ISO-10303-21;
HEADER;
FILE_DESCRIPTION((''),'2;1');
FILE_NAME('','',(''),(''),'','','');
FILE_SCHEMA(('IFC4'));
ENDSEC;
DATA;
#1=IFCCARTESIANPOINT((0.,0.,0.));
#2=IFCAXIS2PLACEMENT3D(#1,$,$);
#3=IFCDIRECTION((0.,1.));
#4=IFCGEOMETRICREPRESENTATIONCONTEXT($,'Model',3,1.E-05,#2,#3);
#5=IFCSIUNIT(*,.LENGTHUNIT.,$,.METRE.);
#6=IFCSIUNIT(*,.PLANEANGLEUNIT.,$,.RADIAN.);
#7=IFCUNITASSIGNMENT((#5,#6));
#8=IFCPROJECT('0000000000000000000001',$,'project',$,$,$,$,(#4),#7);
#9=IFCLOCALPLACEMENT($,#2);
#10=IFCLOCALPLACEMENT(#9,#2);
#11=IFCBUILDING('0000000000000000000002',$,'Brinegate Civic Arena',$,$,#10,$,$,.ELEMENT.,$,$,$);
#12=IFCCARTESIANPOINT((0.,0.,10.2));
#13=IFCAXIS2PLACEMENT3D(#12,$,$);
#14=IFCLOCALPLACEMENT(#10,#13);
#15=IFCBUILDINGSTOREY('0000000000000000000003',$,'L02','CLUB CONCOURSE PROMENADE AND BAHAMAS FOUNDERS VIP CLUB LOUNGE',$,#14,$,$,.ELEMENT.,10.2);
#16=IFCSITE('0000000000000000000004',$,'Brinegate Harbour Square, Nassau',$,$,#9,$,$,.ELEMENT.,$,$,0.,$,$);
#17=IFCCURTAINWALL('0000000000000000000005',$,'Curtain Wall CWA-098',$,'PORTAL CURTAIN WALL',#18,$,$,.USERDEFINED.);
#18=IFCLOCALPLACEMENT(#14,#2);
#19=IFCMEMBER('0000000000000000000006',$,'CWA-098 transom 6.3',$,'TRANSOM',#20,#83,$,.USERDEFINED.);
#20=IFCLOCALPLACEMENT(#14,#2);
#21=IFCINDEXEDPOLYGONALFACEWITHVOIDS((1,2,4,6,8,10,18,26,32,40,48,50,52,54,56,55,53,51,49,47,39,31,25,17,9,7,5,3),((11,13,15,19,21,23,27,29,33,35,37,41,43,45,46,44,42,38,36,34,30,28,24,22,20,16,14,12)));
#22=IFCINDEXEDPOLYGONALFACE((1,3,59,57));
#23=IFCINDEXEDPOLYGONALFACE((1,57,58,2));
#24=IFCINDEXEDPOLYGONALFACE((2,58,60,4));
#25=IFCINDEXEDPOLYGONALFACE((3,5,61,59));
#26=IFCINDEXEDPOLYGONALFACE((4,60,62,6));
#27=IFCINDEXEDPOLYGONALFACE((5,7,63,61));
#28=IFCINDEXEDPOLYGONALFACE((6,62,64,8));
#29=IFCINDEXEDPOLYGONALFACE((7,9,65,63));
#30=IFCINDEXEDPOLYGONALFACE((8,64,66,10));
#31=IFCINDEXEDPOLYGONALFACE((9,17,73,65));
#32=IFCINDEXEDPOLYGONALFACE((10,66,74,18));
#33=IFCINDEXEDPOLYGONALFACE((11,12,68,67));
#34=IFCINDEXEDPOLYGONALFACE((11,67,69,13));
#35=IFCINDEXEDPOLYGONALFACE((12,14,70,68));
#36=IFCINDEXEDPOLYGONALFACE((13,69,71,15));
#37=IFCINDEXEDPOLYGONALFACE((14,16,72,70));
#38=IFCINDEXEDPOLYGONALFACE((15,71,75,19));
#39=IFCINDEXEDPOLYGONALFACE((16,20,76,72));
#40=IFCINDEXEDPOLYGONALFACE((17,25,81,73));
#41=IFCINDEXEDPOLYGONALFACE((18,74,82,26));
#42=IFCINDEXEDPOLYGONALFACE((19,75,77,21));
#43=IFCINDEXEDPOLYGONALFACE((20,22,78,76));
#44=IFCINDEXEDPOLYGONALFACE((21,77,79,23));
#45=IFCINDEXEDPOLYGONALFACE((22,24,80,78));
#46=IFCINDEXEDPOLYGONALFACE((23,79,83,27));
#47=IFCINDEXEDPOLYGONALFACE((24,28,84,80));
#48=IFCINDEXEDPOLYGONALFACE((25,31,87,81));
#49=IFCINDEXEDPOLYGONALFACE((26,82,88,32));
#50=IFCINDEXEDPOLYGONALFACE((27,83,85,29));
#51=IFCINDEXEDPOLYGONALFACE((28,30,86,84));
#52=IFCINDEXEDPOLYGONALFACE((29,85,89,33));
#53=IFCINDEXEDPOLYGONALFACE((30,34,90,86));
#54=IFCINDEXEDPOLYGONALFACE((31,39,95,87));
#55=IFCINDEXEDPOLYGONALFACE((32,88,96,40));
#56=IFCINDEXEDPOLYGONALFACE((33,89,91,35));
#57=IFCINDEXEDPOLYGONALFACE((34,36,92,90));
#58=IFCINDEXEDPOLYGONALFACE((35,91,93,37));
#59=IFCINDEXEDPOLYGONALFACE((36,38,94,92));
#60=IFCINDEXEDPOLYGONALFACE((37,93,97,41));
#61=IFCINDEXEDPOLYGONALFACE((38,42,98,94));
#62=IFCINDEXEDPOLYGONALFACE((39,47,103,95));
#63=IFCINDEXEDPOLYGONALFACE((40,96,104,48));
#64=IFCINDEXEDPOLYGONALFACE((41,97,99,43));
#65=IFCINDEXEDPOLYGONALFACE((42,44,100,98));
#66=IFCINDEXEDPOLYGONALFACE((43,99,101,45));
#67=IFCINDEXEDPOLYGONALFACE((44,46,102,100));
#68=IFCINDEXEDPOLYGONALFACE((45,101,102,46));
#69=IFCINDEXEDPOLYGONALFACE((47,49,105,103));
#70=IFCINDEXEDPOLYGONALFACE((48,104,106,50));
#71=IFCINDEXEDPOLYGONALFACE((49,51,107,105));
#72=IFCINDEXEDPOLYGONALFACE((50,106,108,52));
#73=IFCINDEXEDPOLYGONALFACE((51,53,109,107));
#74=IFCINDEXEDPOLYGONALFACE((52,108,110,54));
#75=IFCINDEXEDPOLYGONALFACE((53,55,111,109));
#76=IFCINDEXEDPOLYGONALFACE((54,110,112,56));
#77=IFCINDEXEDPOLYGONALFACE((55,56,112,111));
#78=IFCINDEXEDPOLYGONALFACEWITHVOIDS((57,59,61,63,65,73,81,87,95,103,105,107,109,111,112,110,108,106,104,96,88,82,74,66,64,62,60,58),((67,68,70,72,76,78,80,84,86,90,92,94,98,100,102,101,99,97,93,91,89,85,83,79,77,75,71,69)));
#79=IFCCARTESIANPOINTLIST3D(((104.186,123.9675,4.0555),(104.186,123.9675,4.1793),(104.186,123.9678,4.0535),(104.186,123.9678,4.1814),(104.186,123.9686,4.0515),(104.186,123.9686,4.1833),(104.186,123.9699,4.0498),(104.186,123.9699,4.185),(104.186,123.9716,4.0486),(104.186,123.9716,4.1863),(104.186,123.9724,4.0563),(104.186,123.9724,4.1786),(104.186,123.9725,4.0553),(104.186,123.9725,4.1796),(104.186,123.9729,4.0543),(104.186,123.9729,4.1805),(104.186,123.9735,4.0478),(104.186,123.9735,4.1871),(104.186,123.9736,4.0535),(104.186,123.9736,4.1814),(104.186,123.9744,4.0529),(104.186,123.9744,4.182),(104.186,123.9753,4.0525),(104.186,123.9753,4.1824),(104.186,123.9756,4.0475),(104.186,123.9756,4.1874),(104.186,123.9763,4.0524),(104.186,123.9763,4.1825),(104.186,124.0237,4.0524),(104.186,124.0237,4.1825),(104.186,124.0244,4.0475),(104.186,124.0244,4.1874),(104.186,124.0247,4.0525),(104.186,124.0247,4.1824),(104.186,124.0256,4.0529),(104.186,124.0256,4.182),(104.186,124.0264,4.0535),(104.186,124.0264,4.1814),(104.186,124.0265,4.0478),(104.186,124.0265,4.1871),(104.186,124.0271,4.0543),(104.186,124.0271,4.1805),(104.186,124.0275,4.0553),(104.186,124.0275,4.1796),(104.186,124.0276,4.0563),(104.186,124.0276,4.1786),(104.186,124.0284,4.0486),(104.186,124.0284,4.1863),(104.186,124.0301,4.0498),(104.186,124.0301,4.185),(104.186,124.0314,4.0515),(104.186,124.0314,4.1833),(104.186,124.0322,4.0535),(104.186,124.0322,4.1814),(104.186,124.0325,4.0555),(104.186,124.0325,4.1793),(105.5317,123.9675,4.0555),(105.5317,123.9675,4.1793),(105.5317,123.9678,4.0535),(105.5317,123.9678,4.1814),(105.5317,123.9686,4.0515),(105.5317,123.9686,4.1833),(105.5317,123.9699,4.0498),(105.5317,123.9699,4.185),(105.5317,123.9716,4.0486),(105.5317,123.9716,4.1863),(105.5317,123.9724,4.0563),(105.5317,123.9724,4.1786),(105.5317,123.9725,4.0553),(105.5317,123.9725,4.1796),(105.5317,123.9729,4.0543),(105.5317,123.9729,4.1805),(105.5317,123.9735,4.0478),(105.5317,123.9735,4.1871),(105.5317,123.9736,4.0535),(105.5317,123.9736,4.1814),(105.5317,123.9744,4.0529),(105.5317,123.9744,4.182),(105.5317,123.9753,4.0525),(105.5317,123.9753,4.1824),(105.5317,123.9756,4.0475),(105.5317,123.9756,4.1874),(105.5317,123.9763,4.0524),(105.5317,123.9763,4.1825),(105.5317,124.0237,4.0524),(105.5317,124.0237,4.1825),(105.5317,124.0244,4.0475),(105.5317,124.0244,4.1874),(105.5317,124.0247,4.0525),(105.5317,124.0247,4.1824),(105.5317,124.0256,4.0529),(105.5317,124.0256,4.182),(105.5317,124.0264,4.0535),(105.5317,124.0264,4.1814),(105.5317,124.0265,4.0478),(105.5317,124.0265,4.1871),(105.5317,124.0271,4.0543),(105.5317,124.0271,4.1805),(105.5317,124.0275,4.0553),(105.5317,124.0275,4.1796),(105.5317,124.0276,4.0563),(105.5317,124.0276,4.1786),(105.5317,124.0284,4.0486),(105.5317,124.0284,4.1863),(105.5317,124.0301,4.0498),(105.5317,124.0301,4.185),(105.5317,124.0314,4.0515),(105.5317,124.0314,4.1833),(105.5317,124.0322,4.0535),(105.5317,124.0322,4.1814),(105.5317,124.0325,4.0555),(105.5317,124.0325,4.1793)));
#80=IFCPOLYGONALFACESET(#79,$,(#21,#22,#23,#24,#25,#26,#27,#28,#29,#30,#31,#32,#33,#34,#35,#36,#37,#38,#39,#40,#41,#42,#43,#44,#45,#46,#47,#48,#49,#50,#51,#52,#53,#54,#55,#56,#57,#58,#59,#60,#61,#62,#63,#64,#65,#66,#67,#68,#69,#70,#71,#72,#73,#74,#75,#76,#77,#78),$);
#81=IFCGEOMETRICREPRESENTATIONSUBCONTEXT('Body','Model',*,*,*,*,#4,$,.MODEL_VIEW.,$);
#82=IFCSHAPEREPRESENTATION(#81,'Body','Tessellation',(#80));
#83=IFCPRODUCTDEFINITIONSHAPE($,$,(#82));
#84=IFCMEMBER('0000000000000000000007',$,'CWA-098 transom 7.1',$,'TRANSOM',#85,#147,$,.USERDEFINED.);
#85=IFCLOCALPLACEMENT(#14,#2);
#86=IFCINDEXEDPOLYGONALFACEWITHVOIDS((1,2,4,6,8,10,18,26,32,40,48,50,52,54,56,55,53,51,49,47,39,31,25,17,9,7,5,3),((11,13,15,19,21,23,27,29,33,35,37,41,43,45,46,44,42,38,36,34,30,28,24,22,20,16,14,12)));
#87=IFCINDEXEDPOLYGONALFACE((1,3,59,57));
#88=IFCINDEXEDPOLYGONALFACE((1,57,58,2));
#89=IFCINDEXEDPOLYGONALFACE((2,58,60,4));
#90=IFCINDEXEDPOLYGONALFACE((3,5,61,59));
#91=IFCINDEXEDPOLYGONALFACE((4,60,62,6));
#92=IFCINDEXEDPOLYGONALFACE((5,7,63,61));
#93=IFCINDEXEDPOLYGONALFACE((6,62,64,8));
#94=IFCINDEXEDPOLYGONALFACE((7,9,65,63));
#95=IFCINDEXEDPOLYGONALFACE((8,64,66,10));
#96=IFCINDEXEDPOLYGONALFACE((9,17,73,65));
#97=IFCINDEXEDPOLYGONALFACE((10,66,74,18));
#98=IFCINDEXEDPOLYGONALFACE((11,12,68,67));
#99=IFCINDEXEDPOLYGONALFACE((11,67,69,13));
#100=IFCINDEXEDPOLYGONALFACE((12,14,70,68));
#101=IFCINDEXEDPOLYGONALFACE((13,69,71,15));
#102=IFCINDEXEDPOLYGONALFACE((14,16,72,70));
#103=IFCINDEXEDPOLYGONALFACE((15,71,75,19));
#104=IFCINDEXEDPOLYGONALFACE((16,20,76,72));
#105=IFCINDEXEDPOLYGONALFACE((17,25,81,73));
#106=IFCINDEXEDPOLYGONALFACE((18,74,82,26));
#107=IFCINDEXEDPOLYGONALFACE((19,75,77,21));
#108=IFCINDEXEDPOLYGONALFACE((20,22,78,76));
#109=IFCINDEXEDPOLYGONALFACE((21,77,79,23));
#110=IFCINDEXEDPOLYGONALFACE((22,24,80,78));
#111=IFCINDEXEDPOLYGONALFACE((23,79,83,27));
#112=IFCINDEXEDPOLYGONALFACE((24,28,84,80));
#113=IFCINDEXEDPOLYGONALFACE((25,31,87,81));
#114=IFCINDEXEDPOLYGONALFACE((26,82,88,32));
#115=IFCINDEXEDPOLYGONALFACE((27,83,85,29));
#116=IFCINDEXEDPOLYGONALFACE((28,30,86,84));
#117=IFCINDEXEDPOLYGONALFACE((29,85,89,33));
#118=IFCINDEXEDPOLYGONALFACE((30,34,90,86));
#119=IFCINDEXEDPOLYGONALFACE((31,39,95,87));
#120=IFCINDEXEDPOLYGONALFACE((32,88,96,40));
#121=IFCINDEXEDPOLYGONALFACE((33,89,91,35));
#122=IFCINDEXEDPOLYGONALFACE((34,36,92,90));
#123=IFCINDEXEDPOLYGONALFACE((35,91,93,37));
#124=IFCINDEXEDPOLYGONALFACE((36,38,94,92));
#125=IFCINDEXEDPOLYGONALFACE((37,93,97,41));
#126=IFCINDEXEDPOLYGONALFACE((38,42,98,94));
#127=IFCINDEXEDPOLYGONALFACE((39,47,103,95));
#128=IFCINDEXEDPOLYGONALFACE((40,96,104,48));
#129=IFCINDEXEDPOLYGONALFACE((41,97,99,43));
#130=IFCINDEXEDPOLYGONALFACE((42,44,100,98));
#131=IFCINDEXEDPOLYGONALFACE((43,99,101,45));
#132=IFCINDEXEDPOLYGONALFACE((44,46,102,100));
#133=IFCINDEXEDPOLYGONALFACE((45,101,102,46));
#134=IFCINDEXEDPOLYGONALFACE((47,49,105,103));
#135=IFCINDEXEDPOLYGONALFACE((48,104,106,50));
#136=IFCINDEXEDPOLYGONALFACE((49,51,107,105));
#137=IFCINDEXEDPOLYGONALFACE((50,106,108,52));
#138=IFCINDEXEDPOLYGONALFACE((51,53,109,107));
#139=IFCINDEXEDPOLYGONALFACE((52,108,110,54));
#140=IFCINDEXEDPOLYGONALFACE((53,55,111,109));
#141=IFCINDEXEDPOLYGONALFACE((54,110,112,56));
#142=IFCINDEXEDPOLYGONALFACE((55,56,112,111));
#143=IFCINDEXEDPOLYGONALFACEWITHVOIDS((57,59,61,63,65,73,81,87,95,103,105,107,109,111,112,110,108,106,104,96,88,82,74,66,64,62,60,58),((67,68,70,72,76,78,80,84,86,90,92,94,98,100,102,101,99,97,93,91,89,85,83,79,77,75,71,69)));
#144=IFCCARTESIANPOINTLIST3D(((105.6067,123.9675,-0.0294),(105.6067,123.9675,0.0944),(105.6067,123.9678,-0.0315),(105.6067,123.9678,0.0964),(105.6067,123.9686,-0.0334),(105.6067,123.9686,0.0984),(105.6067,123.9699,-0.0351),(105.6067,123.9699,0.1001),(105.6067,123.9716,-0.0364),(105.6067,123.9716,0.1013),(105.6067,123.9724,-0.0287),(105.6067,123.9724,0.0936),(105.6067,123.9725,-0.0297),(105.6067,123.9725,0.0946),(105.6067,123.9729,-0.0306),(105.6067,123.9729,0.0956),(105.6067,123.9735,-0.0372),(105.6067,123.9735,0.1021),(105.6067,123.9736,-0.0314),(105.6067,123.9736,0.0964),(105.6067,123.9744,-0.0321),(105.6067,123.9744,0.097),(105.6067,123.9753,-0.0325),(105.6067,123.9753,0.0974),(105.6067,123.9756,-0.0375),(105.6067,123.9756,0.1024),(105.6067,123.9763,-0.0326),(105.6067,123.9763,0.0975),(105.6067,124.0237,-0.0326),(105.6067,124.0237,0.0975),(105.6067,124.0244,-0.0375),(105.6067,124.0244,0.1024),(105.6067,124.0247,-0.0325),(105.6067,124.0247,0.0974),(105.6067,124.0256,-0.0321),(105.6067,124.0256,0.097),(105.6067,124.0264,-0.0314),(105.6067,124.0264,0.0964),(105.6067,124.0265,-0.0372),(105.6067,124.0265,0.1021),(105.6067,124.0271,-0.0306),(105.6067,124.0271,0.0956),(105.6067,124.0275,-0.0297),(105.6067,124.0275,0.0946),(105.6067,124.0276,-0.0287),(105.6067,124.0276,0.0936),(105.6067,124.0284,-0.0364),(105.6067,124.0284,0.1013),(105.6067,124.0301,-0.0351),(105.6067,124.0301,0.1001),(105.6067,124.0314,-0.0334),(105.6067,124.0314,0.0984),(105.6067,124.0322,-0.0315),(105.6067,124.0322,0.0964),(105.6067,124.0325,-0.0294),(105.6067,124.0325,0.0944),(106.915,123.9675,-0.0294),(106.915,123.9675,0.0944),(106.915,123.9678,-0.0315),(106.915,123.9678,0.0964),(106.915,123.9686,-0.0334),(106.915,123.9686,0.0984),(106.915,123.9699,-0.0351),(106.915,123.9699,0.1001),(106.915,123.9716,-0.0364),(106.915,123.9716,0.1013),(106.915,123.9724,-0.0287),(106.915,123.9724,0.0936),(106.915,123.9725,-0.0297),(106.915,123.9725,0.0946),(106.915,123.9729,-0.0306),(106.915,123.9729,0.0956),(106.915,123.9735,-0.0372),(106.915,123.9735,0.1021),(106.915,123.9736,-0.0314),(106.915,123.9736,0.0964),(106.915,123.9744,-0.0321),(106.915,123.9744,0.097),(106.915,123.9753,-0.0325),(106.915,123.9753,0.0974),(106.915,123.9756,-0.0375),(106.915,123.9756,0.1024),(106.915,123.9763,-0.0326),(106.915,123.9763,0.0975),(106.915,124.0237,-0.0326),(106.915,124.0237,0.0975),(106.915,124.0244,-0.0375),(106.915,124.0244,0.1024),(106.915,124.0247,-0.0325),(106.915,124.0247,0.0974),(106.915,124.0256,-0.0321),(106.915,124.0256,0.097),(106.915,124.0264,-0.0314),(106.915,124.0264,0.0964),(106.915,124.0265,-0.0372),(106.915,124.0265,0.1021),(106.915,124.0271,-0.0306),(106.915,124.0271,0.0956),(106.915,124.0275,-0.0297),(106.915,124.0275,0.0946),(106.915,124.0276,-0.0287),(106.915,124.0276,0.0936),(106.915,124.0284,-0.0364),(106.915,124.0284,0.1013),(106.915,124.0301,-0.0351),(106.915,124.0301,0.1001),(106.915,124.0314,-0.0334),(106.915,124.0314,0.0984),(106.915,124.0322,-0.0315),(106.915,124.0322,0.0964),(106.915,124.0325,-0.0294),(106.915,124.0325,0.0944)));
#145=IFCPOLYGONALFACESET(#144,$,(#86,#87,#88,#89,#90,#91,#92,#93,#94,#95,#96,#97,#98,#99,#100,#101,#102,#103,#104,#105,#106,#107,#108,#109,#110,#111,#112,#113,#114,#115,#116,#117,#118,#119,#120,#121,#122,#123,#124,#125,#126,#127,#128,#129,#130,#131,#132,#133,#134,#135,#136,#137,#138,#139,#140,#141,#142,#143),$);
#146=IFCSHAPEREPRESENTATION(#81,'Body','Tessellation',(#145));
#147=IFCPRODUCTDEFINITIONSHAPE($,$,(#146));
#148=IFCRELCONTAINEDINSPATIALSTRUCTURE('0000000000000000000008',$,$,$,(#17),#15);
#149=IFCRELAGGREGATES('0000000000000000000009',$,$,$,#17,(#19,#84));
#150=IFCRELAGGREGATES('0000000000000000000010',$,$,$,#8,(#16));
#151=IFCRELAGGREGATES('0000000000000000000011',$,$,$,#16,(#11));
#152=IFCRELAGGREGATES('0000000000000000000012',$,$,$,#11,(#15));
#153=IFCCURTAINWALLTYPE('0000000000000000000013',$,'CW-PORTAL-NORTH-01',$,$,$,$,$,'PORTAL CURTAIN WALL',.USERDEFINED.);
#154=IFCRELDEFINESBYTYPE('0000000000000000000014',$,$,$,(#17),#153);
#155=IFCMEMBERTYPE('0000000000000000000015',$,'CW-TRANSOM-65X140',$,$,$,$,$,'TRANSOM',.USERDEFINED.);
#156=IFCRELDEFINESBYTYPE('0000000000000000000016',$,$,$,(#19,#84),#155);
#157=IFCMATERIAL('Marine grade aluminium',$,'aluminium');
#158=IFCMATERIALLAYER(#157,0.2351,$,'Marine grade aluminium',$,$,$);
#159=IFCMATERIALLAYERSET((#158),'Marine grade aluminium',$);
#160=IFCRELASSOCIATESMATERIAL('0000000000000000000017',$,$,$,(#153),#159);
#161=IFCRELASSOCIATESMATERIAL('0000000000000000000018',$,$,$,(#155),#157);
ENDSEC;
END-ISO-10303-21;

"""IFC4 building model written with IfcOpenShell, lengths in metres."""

from ifc_helpers import new_model, si_unit, direction, frame, origin, origin_2d, place, context, subcontext, project, spatial, hollow_rectangle, extrude, material, layer, layer_set, material_profile, profile_set, type_object, element, aggregate, save


model = new_model("IFC4")

# Units and contexts
model_context = context("Model", 3, precision=1e-05, world=origin(), true_north=direction((0.0, 1.0)))
body_context = subcontext(model_context, "Body", "Model", "MODEL_VIEW")
ifc_project = project(units=[si_unit("LENGTHUNIT", "METRE"), si_unit("PLANEANGLEUNIT", "RADIAN")], contexts=[model_context])

# Site, building, storey
site_placement = place(None, origin())
site = spatial("IfcSite", under=ifc_project, at=site_placement, Name="Brinegate Harbour Square, Nassau", CompositionType="ELEMENT", RefElevation=0.0)
building_placement = place(site_placement, origin())
building = spatial("IfcBuilding", under=site, at=building_placement, Name="Brinegate Civic Arena", CompositionType="ELEMENT")
storey_placement = place(building_placement, frame((0.0, 0.0, 10.2)))
storey = spatial("IfcBuildingStorey", under=building, at=storey_placement, Name="L02", Description="CLUB CONCOURSE PROMENADE AND BAHAMAS FOUNDERS VIP CLUB LOUNGE", CompositionType="ELEMENT", Elevation=10.2)

# Curtain wall, members
ifc_material_1 = material(Name="Marine grade aluminium", Category="aluminium")
ifc_layer_1 = layer(ifc_material_1, 0.2351, Name="Marine grade aluminium")
ifc_layer_set_1 = layer_set([ifc_layer_1], Name="Marine grade aluminium")
curtain_wall_type = type_object("IfcCurtainWallType", Name="CW-PORTAL-NORTH-01", ElementType="PORTAL CURTAIN WALL", PredefinedType="USERDEFINED", material=ifc_layer_set_1)
curtain_wall_placement = place(storey_placement, origin())
curtain_wall = element("IfcCurtainWall", 1, at=curtain_wall_placement, inside=storey, type_object=curtain_wall_type, Name="Curtain Wall CWA-098", ObjectType="PORTAL CURTAIN WALL", PredefinedType="USERDEFINED")
ifc_material_profile_1 = material_profile(ifc_material_1, hollow_rectangle(XDim=0.0649, YDim=0.1399, WallThickness=0.0049, InnerFilletRadius=0.0039, OuterFilletRadius=0.0081, at=origin_2d()), Name="TRN65X140")
ifc_profile_set_1 = profile_set([ifc_material_profile_1], Name="Marine grade aluminium")
member_type_1 = type_object("IfcMemberType", Name="CW-TRANSOM-65X140", ElementType="TRANSOM", PredefinedType="USERDEFINED", material=ifc_profile_set_1)
member_1_placement = place(storey_placement, frame((104.186, 124.0, 4.1174), z_axis=(1.0, 0.0, 0.0), x_axis=(0.0, 1.0, 0.0)))
member_1 = element("IfcMember", 2, at=member_1_placement, type_object=member_type_1, Name="CWA-098 transom 6.3", ObjectType="TRANSOM", PredefinedType="USERDEFINED", context=body_context, shape_type="SweptSolid", body=[
    extrude(hollow_rectangle(XDim=0.0649, YDim=0.1399, WallThickness=0.0049, InnerFilletRadius=0.0039, OuterFilletRadius=0.0081, at=origin_2d()), origin(), (0.0, 0.0, 1.0), 1.3457),
])
member_2_placement = place(storey_placement, frame((105.6067, 124.0, 0.0325), z_axis=(1.0, 0.0, 0.0), x_axis=(0.0, 1.0, 0.0)))
member_2 = element("IfcMember", 3, at=member_2_placement, type_object=member_type_1, Name="CWA-098 transom 7.1", ObjectType="TRANSOM", PredefinedType="USERDEFINED", context=body_context, shape_type="SweptSolid", body=[
    extrude(hollow_rectangle(XDim=0.0649, YDim=0.1399, WallThickness=0.0049, InnerFilletRadius=0.0039, OuterFilletRadius=0.0081, at=origin_2d()), origin(), (0.0, 0.0, 1.0), 1.3083),
])

aggregate(curtain_wall, [member_1, member_2])

save(model, "model.ifc")
